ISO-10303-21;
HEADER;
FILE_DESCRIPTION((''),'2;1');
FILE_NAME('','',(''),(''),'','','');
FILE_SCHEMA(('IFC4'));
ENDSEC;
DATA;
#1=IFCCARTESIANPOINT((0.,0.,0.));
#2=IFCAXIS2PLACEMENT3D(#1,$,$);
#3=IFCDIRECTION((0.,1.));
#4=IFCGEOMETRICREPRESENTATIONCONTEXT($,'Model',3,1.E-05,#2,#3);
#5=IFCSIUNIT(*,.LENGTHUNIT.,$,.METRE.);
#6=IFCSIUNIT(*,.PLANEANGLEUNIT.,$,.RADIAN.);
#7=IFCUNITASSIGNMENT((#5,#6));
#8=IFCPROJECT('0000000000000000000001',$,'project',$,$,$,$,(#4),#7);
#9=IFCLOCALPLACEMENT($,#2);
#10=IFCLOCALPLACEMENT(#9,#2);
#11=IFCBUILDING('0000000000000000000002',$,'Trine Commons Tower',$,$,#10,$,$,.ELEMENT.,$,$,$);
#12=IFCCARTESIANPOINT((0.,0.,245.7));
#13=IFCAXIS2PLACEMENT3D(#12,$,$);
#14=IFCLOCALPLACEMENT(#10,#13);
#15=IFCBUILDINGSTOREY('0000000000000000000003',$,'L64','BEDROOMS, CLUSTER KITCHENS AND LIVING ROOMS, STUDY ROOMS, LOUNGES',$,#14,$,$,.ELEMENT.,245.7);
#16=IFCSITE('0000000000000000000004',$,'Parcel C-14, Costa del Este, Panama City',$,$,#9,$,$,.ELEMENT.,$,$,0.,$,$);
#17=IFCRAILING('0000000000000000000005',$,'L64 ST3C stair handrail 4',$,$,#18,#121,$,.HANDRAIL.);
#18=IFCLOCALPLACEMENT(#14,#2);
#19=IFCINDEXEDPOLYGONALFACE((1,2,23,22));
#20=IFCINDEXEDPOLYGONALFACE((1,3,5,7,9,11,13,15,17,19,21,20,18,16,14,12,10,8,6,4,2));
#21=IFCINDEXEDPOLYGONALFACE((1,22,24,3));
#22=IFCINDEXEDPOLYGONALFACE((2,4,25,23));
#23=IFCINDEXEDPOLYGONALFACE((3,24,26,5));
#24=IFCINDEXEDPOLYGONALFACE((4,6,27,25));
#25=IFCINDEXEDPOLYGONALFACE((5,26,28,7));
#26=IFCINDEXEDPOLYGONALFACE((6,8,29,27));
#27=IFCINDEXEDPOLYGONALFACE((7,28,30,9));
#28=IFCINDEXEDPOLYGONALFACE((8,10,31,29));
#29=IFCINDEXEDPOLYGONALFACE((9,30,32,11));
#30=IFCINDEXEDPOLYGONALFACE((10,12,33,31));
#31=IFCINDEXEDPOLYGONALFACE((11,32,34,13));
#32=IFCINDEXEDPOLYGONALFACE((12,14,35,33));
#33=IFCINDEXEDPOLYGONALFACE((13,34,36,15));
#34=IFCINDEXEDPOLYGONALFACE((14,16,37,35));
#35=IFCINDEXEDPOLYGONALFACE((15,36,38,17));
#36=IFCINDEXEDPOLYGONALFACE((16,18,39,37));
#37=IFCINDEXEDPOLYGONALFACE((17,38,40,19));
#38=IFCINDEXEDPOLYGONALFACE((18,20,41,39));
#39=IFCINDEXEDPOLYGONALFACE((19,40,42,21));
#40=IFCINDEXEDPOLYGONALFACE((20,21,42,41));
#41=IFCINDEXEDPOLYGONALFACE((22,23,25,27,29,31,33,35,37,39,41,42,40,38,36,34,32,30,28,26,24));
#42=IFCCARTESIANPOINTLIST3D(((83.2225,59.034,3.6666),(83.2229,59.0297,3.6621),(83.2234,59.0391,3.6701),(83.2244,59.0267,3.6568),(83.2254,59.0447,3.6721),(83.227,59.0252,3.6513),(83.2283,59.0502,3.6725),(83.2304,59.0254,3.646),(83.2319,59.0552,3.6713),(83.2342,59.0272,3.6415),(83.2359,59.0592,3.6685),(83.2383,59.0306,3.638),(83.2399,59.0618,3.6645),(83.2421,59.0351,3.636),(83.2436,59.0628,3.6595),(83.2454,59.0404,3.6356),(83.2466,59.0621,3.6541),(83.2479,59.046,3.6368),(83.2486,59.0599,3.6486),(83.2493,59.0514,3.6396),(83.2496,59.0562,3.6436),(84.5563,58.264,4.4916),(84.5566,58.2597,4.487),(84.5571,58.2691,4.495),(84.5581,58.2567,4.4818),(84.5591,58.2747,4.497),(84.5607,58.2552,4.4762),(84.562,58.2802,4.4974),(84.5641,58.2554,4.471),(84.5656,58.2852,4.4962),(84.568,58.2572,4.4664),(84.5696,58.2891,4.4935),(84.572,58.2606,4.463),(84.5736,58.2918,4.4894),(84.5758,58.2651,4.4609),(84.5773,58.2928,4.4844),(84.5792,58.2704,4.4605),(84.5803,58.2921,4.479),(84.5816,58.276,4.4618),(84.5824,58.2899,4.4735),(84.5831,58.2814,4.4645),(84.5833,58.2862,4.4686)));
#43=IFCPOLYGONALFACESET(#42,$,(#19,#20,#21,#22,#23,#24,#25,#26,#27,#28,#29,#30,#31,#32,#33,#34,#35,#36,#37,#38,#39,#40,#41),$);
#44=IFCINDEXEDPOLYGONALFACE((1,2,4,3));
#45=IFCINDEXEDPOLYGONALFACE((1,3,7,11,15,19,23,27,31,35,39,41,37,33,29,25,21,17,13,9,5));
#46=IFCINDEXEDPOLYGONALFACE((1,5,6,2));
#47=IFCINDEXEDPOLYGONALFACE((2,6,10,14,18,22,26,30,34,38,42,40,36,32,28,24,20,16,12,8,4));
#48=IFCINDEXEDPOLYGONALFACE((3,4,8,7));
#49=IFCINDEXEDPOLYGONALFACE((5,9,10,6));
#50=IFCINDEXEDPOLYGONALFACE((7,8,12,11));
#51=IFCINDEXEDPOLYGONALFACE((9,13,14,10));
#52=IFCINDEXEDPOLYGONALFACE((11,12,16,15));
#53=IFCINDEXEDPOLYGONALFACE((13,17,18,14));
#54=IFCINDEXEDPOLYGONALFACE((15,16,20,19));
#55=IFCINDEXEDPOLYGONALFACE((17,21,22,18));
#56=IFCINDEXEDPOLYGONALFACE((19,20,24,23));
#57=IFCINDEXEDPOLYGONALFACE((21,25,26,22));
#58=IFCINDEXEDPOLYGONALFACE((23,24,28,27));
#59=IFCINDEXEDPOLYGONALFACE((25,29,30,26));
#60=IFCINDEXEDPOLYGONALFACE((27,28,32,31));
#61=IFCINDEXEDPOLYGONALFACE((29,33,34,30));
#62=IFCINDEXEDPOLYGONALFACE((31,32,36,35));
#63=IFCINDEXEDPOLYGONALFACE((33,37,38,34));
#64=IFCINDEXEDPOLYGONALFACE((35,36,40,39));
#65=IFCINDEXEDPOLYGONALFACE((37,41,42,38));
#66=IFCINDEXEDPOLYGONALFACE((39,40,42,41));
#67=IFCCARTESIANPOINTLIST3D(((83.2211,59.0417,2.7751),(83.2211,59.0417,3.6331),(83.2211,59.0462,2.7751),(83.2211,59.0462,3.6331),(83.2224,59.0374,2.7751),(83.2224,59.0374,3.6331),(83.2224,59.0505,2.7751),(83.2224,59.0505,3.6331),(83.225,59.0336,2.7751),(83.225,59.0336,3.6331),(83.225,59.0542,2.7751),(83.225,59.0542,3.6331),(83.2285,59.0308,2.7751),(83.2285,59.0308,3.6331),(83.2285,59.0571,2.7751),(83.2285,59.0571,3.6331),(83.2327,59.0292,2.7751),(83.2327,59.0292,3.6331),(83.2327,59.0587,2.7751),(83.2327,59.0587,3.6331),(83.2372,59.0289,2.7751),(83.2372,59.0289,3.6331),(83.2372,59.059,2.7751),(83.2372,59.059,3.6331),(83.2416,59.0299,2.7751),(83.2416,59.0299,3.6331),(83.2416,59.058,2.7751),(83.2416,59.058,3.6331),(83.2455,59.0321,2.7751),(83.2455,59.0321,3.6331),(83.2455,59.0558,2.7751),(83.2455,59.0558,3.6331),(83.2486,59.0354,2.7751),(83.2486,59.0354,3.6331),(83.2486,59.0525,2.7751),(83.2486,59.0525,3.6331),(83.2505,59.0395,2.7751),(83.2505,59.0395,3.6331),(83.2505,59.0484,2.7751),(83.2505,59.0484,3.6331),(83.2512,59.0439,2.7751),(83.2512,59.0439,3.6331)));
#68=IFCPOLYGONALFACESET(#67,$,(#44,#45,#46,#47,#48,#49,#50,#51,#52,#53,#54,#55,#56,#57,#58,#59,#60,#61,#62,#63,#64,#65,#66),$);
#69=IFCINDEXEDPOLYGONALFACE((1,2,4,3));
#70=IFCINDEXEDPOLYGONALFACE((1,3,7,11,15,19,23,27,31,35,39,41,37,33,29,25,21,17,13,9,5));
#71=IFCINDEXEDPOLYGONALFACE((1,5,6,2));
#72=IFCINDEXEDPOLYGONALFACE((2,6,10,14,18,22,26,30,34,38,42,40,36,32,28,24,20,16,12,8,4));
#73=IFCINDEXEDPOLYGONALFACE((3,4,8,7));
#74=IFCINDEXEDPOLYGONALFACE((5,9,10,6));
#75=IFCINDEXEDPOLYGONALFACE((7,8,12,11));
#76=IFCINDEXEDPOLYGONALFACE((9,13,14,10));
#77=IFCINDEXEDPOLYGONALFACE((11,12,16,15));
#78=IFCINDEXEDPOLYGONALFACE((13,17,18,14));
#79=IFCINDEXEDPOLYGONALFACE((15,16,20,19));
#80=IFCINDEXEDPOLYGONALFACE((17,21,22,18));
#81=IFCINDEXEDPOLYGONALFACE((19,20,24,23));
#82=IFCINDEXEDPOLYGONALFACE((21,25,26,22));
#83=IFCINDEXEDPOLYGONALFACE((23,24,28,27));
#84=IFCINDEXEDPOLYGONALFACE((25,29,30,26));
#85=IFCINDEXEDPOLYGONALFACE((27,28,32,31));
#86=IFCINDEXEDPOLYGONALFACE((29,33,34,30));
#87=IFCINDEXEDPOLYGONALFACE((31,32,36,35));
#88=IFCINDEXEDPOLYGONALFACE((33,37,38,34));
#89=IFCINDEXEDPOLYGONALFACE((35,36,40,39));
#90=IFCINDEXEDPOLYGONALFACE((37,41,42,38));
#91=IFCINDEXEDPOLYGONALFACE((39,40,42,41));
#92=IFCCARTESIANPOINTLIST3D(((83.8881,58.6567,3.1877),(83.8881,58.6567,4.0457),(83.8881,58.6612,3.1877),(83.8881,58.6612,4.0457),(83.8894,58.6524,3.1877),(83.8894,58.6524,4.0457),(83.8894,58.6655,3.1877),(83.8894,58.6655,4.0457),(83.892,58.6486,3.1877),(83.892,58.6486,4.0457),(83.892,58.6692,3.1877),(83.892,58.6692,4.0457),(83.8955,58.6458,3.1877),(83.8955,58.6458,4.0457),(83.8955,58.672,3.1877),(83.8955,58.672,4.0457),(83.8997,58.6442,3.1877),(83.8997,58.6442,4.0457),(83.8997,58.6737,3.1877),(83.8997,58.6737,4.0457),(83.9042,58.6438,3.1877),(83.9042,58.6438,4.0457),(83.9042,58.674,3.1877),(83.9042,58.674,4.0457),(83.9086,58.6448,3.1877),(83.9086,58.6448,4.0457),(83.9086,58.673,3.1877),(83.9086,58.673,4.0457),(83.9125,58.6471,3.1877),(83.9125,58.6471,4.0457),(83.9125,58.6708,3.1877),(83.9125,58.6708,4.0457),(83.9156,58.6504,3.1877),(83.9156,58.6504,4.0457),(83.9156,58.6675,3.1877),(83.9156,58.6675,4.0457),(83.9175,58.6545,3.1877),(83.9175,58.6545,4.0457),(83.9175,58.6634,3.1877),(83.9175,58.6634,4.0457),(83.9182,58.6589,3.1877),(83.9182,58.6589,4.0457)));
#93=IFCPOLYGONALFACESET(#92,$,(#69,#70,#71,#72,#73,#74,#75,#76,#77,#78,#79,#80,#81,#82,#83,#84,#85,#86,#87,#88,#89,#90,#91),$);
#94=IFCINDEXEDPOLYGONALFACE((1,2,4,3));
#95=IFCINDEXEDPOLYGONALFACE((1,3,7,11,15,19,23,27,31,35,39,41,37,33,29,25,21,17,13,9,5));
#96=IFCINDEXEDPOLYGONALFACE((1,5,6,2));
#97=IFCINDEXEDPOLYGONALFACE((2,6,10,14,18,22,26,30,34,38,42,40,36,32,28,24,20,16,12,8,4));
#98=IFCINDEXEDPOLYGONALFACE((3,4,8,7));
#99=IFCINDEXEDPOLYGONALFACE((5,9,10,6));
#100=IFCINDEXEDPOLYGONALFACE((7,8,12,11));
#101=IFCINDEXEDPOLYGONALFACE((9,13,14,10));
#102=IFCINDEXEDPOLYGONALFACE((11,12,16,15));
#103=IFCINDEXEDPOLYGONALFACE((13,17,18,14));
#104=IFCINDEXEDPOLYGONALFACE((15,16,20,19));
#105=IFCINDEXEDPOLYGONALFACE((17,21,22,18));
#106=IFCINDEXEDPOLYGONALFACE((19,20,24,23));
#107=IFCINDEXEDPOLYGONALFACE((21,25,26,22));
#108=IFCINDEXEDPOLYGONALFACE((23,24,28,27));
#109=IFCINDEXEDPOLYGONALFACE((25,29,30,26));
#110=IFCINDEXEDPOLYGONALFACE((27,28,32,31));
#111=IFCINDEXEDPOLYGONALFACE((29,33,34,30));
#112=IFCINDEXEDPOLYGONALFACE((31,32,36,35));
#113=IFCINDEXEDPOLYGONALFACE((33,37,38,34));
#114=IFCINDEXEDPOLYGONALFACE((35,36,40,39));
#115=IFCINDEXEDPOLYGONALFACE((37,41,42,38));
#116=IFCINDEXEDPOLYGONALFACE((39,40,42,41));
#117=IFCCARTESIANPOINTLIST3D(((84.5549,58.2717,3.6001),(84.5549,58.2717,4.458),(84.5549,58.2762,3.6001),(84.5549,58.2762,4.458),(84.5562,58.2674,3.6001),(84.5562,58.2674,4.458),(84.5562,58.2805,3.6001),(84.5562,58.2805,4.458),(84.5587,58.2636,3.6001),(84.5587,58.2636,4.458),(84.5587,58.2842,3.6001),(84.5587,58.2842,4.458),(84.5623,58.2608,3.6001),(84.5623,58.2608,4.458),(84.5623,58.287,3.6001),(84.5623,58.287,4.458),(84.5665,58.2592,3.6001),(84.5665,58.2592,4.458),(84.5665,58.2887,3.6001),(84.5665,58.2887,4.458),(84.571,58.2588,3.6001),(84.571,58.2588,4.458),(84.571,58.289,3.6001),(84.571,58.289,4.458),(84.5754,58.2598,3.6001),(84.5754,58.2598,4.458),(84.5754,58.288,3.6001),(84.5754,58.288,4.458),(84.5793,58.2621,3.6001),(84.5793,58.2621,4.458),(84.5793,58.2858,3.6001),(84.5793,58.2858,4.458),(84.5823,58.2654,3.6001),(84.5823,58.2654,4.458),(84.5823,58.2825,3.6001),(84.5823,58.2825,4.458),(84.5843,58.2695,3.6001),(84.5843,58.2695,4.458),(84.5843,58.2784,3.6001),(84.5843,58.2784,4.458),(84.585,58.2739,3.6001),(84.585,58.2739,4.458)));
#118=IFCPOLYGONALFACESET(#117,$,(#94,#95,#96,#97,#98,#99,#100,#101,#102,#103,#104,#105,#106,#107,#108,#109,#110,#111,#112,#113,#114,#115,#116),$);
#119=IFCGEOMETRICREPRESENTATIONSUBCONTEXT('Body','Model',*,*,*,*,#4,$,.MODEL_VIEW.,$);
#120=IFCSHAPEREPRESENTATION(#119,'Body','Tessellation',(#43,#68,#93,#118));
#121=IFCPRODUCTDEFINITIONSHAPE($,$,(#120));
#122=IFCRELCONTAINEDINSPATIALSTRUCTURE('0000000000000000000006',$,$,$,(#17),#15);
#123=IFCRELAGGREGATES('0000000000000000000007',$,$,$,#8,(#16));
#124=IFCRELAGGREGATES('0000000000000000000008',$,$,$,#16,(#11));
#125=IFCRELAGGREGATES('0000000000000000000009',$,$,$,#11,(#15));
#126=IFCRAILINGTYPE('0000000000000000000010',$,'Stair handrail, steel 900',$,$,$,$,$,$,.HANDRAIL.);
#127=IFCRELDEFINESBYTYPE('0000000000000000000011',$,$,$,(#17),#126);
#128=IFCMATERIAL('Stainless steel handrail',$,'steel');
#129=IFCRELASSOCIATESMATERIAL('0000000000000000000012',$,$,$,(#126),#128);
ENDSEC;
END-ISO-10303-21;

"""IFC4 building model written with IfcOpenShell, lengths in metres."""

from ifc_helpers import new_model, si_unit, direction, frame, origin, origin_2d, place, context, subcontext, project, spatial, circle, extrude, material, type_object, element, save


model = new_model("IFC4")

# Units and contexts
model_context = context("Model", 3, precision=1e-05, world=origin(), true_north=direction((0.0, 1.0)))
body_context = subcontext(model_context, "Body", "Model", "MODEL_VIEW")
ifc_project = project(units=[si_unit("LENGTHUNIT", "METRE"), si_unit("PLANEANGLEUNIT", "RADIAN")], contexts=[model_context])

# Site, building, storey
site_placement = place(None, origin())
site = spatial("IfcSite", under=ifc_project, at=site_placement, Name="Parcel C-14, Costa del Este, Panama City", CompositionType="ELEMENT", RefElevation=0.0)
building_placement = place(site_placement, origin())
building = spatial("IfcBuilding", under=site, at=building_placement, Name="Trine Commons Tower", CompositionType="ELEMENT")
storey_placement = place(building_placement, frame((0.0, 0.0, 245.7)))
storey = spatial("IfcBuildingStorey", under=building, at=storey_placement, Name="L64", Description="BEDROOMS, CLUSTER KITCHENS AND LIVING ROOMS, STUDY ROOMS, LOUNGES", CompositionType="ELEMENT", Elevation=245.7)

# Railing
ifc_material_1 = material(Name="Stainless steel handrail", Category="steel")
railing_type_1 = type_object("IfcRailingType", Name="Stair handrail, steel 900", PredefinedType="HANDRAIL", material=ifc_material_1)
railing_1_placement = place(storey_placement, frame((83.2361, 59.0439, 2.7751)))
element("IfcRailing", 1, at=railing_1_placement, inside=storey, type_object=railing_type_1, Name="L64 ST3C stair handrail 4", PredefinedType="HANDRAIL", context=body_context, shape_type="SweptSolid", body=[
    extrude(circle(Radius=0.021, at=origin_2d()), frame((0.0, 0.0, 0.8789), z_axis=(0.763405, -0.440743, 0.472185), x_axis=(0.499992, 0.86603, 0.0)), (0.0, 0.0, 1.0), 1.7471),
    extrude(circle(Radius=0.0151, at=origin_2d()), origin(), (0.0, 0.0, 1.0), 0.8579),
    extrude(circle(Radius=0.0151, at=origin_2d()), frame((0.667, -0.385, 0.4126)), (0.0, 0.0, 1.0), 0.8579),
    extrude(circle(Radius=0.0151, at=origin_2d()), frame((1.3337, -0.77, 0.825)), (0.0, 0.0, 1.0), 0.8579),
])

save(model, "model.ifc")
